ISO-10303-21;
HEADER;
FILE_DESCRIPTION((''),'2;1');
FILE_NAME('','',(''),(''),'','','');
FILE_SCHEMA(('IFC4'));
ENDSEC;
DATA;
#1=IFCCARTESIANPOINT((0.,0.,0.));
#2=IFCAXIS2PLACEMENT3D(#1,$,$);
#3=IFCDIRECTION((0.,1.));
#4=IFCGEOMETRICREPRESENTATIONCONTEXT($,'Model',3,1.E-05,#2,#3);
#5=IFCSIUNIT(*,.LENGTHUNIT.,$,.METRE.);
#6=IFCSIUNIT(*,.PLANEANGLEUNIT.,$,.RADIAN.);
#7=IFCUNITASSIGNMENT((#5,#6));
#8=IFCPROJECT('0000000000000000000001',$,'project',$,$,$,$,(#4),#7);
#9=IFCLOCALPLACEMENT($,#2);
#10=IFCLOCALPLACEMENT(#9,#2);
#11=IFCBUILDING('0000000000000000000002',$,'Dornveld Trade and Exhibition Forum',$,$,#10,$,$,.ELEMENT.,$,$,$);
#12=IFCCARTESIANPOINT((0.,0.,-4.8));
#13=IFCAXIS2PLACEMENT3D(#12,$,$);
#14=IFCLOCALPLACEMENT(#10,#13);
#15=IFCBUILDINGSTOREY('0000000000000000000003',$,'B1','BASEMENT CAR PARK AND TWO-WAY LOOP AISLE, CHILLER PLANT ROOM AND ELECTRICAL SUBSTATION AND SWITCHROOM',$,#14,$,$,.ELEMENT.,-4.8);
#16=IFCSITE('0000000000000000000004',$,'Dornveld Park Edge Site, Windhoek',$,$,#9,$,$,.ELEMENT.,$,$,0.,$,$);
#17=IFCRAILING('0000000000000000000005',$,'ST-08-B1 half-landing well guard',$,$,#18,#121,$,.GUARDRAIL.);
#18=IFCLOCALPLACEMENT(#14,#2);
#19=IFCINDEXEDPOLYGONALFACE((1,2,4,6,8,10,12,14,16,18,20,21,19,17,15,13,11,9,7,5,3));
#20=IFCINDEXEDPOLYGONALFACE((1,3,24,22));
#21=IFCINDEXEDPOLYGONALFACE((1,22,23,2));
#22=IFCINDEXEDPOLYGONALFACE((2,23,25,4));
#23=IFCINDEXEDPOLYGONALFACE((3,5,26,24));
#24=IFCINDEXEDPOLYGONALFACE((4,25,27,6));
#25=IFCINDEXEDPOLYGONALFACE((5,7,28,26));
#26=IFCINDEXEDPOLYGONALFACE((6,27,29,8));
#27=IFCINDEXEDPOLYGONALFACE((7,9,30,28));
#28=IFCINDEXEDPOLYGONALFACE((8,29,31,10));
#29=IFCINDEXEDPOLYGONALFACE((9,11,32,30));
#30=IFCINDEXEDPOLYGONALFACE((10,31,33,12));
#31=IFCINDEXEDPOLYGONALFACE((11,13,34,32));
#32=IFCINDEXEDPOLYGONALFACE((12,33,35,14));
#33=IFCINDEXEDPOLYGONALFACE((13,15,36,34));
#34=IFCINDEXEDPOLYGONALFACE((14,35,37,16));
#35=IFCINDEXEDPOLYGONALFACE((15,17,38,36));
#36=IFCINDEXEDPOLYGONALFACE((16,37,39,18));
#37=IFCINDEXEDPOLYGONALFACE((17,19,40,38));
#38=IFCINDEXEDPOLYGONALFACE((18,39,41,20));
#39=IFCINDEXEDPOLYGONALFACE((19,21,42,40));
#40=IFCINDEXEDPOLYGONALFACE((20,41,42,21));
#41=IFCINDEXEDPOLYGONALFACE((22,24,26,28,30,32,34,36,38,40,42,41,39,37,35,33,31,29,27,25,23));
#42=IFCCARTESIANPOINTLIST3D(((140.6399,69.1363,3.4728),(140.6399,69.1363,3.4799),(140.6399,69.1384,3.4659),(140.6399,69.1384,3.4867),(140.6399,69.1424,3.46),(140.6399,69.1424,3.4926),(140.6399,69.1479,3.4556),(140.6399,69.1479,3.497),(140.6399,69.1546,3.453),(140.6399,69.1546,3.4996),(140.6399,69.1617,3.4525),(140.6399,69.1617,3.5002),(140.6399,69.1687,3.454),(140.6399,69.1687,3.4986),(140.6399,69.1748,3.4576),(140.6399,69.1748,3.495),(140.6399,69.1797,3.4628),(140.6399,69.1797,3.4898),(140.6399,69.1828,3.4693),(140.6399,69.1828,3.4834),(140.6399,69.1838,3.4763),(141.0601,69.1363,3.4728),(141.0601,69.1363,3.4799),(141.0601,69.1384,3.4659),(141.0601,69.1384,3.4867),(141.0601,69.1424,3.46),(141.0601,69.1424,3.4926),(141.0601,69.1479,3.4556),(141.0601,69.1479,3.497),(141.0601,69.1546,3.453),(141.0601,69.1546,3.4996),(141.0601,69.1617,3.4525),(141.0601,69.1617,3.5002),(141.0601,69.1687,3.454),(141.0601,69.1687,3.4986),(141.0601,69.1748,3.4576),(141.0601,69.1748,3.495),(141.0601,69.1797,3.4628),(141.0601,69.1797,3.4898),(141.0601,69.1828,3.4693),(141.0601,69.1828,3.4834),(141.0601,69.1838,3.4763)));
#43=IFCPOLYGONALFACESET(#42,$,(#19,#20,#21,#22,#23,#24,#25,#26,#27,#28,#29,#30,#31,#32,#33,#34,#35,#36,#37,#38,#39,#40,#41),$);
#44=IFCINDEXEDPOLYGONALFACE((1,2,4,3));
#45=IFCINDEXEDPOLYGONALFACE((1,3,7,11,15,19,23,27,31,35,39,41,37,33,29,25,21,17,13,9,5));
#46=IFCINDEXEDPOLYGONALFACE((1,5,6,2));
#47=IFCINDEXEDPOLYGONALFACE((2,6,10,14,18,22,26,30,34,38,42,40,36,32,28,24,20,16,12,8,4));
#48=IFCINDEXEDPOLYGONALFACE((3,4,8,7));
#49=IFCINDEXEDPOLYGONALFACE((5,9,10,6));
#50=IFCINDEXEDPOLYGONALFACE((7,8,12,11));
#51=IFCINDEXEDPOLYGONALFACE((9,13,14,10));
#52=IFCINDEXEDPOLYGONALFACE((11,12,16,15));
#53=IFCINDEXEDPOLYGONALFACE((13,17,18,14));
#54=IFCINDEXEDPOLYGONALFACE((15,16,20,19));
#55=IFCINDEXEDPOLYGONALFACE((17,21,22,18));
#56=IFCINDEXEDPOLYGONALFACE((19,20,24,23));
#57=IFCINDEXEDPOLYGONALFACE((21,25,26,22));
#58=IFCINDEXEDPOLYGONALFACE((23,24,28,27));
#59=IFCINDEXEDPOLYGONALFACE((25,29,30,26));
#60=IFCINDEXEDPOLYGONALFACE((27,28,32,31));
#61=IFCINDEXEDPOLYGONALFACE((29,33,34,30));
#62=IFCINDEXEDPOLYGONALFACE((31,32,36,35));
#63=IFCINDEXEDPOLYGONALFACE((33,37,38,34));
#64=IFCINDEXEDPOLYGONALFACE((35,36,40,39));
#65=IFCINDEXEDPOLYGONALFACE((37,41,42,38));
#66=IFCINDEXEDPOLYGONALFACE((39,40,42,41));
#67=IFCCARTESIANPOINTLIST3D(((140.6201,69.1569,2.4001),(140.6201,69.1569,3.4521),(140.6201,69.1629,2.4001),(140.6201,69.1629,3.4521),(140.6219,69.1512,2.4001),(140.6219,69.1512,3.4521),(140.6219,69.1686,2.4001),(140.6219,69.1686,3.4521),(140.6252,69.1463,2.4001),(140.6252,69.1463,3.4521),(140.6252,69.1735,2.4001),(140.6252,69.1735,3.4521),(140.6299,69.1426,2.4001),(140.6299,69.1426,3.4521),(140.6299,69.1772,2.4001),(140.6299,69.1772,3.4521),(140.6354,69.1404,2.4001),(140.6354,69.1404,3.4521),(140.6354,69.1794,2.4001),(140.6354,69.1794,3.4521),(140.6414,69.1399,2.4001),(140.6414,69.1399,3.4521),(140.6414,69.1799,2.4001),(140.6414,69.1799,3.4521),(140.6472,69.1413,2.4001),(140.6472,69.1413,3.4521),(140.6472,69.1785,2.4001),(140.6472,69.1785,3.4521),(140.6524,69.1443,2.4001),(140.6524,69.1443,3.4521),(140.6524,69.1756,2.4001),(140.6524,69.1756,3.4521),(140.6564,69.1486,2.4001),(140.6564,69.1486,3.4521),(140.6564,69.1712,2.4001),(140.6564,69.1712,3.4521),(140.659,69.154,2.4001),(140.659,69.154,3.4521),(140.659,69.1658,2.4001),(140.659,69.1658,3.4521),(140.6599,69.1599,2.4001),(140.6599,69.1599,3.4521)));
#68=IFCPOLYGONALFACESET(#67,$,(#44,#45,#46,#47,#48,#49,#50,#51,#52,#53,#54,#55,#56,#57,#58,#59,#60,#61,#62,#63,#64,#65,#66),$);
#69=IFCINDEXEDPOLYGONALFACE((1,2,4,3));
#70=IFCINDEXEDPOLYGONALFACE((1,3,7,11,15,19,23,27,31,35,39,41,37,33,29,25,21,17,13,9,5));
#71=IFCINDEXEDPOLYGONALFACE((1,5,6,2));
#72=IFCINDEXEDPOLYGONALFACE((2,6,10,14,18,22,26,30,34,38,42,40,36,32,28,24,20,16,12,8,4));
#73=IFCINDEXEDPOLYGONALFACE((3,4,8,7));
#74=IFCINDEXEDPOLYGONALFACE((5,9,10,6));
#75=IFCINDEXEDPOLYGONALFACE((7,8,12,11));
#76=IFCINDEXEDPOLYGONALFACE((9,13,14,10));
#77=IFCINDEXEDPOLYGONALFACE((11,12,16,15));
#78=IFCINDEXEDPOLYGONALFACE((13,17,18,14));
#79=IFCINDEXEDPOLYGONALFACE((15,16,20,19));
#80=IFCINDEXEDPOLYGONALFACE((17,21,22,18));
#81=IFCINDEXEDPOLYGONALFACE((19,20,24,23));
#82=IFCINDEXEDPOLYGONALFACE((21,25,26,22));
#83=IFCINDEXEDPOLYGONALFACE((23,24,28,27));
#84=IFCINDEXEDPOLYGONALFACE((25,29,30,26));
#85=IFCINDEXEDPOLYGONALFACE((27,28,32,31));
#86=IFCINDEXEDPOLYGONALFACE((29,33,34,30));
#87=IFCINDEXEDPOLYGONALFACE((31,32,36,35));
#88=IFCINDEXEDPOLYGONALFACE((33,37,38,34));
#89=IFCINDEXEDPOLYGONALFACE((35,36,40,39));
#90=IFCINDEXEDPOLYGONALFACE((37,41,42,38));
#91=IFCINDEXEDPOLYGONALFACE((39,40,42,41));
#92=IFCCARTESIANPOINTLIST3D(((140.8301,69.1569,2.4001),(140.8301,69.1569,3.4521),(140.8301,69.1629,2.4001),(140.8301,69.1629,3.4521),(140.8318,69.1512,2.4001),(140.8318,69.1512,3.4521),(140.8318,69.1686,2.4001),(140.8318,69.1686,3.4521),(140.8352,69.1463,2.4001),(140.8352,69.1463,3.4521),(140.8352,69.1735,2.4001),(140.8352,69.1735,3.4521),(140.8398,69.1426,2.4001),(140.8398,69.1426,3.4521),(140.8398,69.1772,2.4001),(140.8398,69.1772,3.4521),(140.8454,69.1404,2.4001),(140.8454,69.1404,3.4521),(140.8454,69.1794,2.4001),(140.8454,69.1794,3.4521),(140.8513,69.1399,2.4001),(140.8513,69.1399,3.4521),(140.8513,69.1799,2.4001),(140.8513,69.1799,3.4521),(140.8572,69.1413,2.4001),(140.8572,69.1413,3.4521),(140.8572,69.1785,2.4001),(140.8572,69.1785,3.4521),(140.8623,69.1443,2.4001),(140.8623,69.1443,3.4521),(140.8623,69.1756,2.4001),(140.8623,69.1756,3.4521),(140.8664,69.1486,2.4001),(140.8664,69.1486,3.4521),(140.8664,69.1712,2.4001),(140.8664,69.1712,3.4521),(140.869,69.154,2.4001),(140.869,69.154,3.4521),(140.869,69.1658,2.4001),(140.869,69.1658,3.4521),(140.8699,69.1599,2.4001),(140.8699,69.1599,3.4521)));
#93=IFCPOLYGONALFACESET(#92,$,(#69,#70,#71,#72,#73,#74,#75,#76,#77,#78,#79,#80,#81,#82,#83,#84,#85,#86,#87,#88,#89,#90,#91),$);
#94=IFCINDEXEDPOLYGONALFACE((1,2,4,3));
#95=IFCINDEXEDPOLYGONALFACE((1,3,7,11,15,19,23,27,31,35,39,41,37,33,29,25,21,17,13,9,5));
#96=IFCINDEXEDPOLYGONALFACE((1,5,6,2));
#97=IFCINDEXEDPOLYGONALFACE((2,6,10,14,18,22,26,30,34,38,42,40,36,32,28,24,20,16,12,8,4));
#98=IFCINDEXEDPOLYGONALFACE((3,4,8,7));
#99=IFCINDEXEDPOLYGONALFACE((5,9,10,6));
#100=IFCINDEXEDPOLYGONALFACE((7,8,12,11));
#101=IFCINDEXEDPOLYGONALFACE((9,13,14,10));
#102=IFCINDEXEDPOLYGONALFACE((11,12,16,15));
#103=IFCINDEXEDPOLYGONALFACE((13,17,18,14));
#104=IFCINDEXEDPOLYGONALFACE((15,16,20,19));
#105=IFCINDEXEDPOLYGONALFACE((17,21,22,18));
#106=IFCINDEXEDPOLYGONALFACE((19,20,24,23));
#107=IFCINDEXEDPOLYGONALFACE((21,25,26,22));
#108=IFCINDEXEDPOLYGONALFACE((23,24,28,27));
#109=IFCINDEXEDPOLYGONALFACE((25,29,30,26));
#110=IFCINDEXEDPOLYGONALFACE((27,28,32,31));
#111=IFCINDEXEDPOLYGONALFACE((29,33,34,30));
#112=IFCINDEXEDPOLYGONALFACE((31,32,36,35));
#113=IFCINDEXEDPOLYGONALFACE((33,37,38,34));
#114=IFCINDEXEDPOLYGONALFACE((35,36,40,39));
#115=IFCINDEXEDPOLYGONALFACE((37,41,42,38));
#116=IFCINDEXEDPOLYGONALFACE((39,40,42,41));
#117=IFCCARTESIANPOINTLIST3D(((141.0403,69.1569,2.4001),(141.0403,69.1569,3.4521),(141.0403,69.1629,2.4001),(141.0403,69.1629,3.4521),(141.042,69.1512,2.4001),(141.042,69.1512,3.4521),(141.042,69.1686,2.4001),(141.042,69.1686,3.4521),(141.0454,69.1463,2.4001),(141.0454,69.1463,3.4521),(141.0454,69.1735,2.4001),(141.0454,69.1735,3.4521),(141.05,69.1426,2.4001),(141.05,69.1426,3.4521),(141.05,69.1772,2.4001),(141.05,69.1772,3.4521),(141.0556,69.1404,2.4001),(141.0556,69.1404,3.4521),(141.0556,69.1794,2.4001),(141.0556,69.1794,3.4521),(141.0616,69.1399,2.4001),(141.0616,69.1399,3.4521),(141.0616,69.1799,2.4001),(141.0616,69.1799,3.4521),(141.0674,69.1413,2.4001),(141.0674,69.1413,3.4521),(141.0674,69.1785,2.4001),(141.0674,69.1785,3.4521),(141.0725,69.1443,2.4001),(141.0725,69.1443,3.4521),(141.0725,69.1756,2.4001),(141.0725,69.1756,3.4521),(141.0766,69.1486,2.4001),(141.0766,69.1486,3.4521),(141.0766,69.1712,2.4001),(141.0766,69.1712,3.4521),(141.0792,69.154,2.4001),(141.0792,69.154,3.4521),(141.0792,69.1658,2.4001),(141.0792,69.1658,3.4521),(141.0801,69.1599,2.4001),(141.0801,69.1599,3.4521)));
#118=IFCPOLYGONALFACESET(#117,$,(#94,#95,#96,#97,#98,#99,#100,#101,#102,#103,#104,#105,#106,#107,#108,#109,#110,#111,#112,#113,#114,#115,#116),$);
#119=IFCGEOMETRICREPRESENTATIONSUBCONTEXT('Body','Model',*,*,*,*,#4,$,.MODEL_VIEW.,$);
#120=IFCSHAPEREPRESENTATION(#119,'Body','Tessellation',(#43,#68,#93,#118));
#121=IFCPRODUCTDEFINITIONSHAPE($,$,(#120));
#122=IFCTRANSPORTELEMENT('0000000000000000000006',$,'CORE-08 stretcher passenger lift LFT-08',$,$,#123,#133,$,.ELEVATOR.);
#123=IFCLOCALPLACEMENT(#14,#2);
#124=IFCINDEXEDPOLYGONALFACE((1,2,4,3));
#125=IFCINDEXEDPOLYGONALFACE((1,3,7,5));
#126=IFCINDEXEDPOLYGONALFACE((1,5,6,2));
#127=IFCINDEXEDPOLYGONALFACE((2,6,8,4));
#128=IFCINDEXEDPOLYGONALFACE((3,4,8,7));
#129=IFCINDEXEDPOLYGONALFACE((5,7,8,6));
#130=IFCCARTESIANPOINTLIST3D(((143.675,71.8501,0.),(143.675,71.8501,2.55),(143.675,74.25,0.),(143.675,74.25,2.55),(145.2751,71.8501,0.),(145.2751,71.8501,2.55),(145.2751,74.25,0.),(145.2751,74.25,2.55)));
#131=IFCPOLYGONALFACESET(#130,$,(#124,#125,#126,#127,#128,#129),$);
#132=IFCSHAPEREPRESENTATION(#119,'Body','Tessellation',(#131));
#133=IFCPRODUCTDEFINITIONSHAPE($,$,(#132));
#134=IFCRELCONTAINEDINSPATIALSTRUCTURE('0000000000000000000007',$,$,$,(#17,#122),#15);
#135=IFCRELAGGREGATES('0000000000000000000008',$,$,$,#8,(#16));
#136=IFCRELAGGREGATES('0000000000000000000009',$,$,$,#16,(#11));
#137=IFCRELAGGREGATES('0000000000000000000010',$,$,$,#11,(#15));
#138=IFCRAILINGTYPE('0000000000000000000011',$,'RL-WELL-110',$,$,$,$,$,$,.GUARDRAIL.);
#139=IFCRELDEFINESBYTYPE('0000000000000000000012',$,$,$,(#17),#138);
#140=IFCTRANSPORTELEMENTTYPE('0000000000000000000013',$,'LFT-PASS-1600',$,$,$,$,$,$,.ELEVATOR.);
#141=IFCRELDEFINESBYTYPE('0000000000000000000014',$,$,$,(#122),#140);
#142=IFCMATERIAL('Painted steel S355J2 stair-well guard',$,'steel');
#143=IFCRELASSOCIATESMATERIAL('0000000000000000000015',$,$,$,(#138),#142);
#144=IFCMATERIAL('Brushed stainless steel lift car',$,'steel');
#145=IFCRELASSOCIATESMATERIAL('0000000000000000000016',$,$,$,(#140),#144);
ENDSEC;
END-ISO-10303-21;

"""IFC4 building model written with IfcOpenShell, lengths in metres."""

from ifc_helpers import new_model, si_unit, direction, frame, origin, origin_2d, place, context, subcontext, project, spatial, rectangle, circle, extrude, material, type_object, element, save


model = new_model("IFC4")

# Units and contexts
model_context = context("Model", 3, precision=1e-05, world=origin(), true_north=direction((0.0, 1.0)))
body_context = subcontext(model_context, "Body", "Model", "MODEL_VIEW")
ifc_project = project(units=[si_unit("LENGTHUNIT", "METRE"), si_unit("PLANEANGLEUNIT", "RADIAN")], contexts=[model_context])

# Site, building, storey
site_placement = place(None, origin())
site = spatial("IfcSite", under=ifc_project, at=site_placement, Name="Dornveld Park Edge Site, Windhoek", CompositionType="ELEMENT", RefElevation=0.0)
building_placement = place(site_placement, origin())
building = spatial("IfcBuilding", under=site, at=building_placement, Name="Dornveld Trade and Exhibition Forum", CompositionType="ELEMENT")
storey_placement = place(building_placement, frame((0.0, 0.0, -4.8)))
storey = spatial("IfcBuildingStorey", under=building, at=storey_placement, Name="B1", Description="BASEMENT CAR PARK AND TWO-WAY LOOP AISLE, CHILLER PLANT ROOM AND ELECTRICAL SUBSTATION AND SWITCHROOM", CompositionType="ELEMENT", Elevation=-4.8)

# Railing
ifc_material_1 = material(Name="Painted steel S355J2 stair-well guard", Category="steel")
railing_type_1 = type_object("IfcRailingType", Name="RL-WELL-110", PredefinedType="GUARDRAIL", material=ifc_material_1)
railing_1_placement = place(storey_placement, frame((140.6399, 69.1599, 2.4001)))
element("IfcRailing", 1, at=railing_1_placement, inside=storey, type_object=railing_type_1, Name="ST-08-B1 half-landing well guard", PredefinedType="GUARDRAIL", context=body_context, shape_type="SweptSolid", body=[
    extrude(circle(Radius=0.0239, at=origin_2d()), frame((0.0, 0.0, 1.0762), z_axis=(1.0, 0.0, 0.0), x_axis=(0.0, 1.0, 0.0)), (0.0, 0.0, 1.0), 0.4202),
    extrude(circle(Radius=0.02, at=origin_2d()), origin(), (0.0, 0.0, 1.0), 1.052),
    extrude(circle(Radius=0.02, at=origin_2d()), frame((0.21, 0.0, 0.0)), (0.0, 0.0, 1.0), 1.052),
    extrude(circle(Radius=0.02, at=origin_2d()), frame((0.4202, 0.0, 0.0)), (0.0, 0.0, 1.0), 1.052),
])

# Transport element
ifc_material_2 = material(Name="Brushed stainless steel lift car", Category="steel")
transport_element_type = type_object("IfcTransportElementType", Name="LFT-PASS-1600", PredefinedType="ELEVATOR", material=ifc_material_2)
transport_element_placement = place(storey_placement, frame((144.4751, 73.05, 0.0), z_axis=(0.0, 0.0, 1.0), x_axis=(1.0, 0.0, 0.0)))
element("IfcTransportElement", 2, at=transport_element_placement, inside=storey, type_object=transport_element_type, Name="CORE-08 stretcher passenger lift LFT-08", PredefinedType="ELEVATOR", context=body_context, shape_type="SweptSolid", body=[
    extrude(rectangle(XDim=1.6001, YDim=2.3999, at=origin_2d()), origin(), (0.0, 0.0, 1.0), 2.55),
])

save(model, "model.ifc")
